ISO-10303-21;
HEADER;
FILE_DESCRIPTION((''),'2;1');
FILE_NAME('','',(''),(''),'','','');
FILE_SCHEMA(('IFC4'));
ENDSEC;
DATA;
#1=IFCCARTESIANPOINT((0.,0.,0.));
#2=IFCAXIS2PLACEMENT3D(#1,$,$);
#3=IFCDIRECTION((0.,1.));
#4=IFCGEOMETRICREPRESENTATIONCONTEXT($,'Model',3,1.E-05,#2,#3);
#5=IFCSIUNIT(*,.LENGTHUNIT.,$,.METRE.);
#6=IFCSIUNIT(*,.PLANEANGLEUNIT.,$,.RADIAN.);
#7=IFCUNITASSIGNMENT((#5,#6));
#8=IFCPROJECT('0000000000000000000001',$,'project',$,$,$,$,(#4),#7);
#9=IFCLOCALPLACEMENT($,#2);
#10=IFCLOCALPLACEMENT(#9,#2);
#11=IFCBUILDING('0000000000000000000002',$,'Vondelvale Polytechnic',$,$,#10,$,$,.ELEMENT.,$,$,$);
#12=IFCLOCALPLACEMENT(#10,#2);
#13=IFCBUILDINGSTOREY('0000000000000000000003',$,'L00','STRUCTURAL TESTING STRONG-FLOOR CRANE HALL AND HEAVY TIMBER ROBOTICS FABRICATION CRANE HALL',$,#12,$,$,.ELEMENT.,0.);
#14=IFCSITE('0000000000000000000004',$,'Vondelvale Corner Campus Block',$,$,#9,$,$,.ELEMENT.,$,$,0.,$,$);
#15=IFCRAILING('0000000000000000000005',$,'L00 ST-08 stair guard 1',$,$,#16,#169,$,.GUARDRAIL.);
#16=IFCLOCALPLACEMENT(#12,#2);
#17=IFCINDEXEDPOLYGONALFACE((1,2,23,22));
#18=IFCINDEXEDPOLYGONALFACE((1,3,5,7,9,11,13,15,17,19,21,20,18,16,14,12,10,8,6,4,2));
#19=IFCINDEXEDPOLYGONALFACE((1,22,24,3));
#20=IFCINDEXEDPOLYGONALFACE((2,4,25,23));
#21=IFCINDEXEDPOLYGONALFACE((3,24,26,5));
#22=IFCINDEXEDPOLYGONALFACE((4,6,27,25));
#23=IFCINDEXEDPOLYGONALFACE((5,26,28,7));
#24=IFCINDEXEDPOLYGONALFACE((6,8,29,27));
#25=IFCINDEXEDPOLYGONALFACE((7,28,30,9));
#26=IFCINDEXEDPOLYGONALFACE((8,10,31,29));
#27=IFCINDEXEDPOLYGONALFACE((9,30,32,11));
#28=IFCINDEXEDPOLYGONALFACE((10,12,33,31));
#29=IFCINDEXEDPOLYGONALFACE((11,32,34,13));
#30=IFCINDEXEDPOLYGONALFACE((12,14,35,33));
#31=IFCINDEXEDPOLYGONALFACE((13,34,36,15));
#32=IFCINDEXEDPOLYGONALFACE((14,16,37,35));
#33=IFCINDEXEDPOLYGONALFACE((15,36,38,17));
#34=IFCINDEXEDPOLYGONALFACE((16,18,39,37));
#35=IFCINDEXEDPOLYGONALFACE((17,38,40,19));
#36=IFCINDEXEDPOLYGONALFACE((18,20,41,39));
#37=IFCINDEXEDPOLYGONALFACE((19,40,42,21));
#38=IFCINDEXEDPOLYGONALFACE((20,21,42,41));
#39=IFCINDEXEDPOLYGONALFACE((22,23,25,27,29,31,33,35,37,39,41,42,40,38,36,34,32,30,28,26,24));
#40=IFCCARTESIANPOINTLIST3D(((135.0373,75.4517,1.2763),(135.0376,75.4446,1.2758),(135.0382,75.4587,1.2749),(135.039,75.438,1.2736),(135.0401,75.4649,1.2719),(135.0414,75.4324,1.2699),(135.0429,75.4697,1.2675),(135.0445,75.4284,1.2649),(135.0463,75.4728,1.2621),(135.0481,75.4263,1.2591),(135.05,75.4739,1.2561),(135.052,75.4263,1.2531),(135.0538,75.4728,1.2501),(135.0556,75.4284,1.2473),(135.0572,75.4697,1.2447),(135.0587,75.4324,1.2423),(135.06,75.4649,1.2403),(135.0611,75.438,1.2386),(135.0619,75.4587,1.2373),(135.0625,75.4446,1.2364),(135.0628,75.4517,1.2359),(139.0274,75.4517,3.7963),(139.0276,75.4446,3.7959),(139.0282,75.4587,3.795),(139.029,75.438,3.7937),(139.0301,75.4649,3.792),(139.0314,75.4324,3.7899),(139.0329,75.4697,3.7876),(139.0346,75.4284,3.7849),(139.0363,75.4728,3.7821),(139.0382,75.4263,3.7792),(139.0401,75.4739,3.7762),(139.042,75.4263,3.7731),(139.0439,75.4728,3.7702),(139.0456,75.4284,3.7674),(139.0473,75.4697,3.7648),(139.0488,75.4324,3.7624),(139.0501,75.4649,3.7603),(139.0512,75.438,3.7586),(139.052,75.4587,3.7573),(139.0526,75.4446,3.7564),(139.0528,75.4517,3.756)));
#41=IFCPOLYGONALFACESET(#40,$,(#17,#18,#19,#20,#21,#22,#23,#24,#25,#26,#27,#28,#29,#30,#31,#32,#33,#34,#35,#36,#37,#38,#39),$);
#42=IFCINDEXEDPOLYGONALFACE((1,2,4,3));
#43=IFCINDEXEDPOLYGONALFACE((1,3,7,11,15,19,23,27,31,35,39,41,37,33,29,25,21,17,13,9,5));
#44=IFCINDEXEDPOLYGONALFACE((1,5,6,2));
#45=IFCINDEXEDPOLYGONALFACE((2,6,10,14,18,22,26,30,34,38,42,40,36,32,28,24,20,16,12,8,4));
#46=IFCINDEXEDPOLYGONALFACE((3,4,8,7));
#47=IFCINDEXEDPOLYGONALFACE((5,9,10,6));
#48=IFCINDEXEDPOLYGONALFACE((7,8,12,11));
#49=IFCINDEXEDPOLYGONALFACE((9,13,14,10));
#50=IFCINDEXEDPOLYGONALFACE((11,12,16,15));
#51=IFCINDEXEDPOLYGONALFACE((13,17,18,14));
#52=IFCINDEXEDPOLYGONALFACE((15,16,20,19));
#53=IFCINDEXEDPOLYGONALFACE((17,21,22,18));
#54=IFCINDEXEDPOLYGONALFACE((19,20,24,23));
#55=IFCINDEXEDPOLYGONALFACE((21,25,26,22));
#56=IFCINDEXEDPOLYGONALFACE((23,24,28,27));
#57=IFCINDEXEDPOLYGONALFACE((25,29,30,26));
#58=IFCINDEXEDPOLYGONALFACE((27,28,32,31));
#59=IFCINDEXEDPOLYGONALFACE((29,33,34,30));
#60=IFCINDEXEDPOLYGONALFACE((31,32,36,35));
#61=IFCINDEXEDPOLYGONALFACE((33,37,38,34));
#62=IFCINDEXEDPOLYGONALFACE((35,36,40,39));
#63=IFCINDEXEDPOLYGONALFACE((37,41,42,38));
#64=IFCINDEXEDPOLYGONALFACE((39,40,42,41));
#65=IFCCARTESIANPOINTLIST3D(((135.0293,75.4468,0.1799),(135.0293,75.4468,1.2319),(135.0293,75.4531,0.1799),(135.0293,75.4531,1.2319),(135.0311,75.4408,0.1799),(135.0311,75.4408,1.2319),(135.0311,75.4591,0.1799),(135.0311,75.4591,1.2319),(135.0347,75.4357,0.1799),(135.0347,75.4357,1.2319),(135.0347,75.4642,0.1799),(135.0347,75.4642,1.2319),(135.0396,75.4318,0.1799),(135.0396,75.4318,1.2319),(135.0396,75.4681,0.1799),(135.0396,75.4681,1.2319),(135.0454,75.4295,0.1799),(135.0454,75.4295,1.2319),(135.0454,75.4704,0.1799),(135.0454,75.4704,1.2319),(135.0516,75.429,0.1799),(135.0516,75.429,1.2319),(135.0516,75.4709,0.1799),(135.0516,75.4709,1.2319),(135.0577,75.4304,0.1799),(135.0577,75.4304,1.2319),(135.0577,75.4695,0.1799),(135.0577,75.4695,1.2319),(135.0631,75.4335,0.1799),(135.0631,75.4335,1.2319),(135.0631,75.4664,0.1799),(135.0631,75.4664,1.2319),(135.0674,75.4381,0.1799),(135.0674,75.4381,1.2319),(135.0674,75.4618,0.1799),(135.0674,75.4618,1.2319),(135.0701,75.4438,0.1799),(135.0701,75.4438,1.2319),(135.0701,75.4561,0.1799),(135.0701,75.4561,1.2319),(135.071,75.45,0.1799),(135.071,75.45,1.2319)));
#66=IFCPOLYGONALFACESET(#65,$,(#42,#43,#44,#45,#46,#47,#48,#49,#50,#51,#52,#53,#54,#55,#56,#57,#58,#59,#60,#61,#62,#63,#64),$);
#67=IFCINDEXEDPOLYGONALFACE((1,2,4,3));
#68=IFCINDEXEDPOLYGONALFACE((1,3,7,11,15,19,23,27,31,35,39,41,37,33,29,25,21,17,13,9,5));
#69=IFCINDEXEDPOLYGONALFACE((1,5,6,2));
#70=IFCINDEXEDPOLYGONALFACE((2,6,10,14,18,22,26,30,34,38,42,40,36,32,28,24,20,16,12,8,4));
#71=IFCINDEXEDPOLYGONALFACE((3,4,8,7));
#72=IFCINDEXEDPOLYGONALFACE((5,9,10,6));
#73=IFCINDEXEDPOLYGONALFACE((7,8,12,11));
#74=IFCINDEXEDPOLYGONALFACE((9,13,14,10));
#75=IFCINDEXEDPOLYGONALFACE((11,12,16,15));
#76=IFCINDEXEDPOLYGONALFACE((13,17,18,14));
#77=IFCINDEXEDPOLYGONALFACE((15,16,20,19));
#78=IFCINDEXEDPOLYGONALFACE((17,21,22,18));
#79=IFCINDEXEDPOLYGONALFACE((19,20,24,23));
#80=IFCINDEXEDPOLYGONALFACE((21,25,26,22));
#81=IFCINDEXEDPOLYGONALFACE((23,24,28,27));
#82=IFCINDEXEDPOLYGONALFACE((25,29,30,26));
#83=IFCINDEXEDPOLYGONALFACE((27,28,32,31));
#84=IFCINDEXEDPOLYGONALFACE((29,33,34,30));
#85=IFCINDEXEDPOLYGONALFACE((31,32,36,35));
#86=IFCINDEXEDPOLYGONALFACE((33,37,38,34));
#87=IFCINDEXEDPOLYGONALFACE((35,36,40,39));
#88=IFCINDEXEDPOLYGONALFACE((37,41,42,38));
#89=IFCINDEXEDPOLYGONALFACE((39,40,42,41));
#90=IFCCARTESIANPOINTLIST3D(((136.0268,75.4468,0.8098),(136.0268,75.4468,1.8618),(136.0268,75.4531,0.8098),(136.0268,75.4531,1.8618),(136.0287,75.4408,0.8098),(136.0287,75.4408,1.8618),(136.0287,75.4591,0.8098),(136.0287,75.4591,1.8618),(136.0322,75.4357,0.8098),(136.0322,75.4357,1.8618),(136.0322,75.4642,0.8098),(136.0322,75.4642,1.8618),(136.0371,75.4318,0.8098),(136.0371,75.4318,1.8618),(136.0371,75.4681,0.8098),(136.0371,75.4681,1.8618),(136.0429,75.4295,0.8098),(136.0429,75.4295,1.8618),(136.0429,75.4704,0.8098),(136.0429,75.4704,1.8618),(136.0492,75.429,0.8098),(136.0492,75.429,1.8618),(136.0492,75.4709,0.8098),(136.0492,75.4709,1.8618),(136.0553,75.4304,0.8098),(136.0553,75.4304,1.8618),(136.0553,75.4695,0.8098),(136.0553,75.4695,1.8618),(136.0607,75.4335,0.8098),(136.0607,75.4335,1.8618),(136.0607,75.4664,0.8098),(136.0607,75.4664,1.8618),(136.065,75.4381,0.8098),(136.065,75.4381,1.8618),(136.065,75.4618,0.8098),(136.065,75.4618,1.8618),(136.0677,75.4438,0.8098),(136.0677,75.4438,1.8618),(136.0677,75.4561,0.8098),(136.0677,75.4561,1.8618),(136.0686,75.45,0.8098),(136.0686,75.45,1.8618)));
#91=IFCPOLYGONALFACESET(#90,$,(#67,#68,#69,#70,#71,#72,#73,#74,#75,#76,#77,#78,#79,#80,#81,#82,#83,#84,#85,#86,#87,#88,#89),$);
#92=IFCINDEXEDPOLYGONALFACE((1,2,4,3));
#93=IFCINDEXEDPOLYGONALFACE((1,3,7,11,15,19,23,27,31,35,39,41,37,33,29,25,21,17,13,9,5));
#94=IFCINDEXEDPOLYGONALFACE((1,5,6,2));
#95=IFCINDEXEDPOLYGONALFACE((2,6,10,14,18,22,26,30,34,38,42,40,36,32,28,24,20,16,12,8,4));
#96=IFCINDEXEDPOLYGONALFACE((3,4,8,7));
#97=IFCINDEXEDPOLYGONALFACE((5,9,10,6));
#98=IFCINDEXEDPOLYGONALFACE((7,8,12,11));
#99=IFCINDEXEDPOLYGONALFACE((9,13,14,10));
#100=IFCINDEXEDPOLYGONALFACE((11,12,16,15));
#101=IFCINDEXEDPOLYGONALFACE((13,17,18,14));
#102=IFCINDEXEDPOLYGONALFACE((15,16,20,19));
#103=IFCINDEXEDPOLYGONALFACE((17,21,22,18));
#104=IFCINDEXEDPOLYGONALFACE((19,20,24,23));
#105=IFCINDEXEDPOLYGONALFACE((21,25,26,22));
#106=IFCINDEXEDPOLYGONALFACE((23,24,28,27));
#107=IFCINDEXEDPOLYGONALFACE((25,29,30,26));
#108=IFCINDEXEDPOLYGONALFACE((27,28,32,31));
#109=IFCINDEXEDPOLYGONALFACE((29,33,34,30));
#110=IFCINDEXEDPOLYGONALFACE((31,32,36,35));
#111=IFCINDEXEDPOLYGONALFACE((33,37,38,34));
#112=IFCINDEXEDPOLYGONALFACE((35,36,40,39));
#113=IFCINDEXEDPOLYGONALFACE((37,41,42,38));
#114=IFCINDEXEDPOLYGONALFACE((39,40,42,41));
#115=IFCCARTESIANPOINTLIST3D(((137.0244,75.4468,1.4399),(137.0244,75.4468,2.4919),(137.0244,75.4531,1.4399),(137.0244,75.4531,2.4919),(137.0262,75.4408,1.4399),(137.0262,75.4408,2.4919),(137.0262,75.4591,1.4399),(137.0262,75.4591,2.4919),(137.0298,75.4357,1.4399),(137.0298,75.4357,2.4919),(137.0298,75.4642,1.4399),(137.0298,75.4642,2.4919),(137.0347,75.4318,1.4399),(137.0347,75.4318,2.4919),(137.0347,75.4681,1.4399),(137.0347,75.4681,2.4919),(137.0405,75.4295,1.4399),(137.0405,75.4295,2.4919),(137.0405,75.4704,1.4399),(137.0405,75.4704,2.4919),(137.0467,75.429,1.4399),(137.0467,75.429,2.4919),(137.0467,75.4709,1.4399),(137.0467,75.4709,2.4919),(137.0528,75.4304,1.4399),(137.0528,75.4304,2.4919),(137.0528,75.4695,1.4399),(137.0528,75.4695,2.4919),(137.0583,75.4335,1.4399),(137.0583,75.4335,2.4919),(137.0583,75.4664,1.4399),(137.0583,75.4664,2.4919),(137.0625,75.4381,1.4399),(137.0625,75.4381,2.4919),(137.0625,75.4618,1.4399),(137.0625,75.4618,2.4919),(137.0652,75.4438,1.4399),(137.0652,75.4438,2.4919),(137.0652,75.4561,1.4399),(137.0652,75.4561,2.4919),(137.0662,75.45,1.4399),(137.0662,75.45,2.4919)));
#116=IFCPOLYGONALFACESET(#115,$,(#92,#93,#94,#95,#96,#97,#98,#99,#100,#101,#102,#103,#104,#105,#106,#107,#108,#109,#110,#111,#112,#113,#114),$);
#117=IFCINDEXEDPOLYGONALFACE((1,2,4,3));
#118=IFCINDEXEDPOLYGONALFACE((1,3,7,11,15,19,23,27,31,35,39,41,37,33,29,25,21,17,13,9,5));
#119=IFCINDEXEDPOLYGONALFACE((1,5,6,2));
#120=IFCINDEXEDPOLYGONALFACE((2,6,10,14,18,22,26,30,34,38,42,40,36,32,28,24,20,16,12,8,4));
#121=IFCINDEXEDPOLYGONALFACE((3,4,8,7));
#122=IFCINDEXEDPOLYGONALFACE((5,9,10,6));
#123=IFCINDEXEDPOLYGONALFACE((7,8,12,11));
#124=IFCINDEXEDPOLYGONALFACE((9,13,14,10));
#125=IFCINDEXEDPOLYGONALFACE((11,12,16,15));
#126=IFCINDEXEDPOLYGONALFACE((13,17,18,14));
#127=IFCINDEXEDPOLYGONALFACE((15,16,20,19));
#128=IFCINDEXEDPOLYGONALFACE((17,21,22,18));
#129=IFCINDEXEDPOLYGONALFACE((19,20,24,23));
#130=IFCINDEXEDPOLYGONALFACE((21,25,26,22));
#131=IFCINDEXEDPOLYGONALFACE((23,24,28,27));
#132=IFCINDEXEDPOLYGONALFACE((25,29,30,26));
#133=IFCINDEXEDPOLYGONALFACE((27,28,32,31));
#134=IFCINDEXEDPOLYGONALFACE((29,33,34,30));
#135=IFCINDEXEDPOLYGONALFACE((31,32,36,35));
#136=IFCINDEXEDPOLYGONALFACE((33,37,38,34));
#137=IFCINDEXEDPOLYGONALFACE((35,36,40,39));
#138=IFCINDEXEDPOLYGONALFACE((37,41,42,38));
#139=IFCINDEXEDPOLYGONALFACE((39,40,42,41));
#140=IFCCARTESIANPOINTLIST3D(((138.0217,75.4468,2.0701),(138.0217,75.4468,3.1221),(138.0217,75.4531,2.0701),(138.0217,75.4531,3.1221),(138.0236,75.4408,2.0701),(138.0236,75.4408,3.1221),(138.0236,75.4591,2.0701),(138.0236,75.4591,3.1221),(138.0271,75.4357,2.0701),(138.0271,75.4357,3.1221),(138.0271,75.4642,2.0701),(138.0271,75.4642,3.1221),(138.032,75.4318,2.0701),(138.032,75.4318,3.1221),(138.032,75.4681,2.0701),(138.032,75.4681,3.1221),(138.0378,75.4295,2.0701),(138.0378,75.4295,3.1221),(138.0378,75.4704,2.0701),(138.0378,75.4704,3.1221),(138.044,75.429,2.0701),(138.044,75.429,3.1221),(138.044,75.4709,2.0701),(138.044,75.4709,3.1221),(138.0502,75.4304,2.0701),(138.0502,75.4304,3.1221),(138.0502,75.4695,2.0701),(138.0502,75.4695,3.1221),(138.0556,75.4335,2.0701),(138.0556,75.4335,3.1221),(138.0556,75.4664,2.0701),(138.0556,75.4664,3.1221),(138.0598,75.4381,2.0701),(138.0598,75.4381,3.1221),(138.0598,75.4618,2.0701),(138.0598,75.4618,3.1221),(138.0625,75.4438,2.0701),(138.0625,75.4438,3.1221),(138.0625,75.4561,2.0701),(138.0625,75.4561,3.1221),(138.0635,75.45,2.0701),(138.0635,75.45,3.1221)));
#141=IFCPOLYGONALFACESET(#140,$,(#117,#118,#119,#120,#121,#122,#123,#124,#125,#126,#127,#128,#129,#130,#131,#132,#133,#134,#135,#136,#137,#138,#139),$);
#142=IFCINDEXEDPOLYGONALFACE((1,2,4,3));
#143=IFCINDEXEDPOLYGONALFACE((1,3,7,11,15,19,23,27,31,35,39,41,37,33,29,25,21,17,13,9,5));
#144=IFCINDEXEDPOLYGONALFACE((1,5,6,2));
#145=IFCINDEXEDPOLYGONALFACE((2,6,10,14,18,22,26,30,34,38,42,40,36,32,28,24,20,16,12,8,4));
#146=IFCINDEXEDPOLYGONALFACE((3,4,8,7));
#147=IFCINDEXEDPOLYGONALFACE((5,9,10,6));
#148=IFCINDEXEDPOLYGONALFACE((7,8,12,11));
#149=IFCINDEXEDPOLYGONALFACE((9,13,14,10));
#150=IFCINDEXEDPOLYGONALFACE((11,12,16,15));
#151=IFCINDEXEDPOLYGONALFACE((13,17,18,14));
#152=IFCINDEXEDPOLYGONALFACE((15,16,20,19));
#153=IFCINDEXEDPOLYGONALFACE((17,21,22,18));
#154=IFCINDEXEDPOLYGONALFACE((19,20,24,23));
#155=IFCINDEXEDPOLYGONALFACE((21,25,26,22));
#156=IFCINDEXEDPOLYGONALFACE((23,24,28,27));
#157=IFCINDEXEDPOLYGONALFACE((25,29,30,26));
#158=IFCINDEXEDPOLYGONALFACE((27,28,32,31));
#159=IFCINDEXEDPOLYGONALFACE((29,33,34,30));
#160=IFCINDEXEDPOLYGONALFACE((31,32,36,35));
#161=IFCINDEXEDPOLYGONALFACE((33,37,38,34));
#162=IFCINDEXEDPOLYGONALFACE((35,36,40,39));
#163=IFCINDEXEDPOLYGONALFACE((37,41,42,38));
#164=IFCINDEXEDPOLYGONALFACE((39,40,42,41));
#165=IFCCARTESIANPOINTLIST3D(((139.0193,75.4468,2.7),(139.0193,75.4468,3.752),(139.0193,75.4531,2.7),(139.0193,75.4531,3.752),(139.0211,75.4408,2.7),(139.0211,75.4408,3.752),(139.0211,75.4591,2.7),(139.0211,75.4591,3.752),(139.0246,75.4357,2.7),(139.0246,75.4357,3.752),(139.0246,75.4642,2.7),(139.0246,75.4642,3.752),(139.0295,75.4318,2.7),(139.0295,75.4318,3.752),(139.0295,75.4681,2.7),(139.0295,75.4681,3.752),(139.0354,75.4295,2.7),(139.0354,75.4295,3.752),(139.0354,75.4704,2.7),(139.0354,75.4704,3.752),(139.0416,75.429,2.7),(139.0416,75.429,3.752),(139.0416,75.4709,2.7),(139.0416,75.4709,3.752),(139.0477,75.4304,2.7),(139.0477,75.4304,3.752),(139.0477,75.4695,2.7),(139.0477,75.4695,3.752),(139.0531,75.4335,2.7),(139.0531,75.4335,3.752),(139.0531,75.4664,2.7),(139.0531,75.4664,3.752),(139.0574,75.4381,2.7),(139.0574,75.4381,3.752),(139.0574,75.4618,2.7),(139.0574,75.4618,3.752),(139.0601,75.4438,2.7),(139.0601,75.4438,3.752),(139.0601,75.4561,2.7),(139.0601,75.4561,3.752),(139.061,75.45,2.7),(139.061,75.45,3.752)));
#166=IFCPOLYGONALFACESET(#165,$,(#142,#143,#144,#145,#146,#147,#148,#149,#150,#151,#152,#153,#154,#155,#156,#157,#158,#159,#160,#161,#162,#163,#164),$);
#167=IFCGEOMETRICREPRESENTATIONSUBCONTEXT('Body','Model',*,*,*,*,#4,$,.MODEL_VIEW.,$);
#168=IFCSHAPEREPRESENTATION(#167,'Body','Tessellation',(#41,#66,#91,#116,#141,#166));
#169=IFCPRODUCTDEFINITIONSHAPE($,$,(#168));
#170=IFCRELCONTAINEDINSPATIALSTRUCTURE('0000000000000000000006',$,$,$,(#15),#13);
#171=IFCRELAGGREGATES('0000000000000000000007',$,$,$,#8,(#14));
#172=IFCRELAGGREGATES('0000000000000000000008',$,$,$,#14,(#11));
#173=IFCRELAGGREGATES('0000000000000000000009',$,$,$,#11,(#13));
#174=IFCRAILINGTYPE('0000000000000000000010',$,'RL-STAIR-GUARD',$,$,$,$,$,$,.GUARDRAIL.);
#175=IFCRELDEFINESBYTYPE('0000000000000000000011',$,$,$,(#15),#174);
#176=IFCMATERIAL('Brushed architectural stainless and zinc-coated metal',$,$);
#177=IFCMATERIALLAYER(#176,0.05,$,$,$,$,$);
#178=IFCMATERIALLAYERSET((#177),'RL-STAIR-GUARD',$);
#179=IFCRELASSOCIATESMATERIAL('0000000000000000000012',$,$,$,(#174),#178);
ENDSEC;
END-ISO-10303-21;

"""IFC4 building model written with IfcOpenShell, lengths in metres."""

from ifc_helpers import new_model, si_unit, direction, frame, origin, origin_2d, place, context, subcontext, project, spatial, circle, extrude, material, layer, layer_set, type_object, element, save


model = new_model("IFC4")

# Units and contexts
model_context = context("Model", 3, precision=1e-05, world=origin(), true_north=direction((0.0, 1.0)))
body_context = subcontext(model_context, "Body", "Model", "MODEL_VIEW")
ifc_project = project(units=[si_unit("LENGTHUNIT", "METRE"), si_unit("PLANEANGLEUNIT", "RADIAN")], contexts=[model_context])

# Site, building, storey
site_placement = place(None, origin())
site = spatial("IfcSite", under=ifc_project, at=site_placement, Name="Vondelvale Corner Campus Block", CompositionType="ELEMENT", RefElevation=0.0)
building_placement = place(site_placement, origin())
building = spatial("IfcBuilding", under=site, at=building_placement, Name="Vondelvale Polytechnic", CompositionType="ELEMENT")
storey_placement = place(building_placement, origin())
storey = spatial("IfcBuildingStorey", under=building, at=storey_placement, Name="L00", Description="STRUCTURAL TESTING STRONG-FLOOR CRANE HALL AND HEAVY TIMBER ROBOTICS FABRICATION CRANE HALL", CompositionType="ELEMENT", Elevation=0.0)

# Railing
ifc_material_1 = material(Name="Brushed architectural stainless and zinc-coated metal")
ifc_layer_1 = layer(ifc_material_1, 0.05)
ifc_layer_set_1 = layer_set([ifc_layer_1], Name="RL-STAIR-GUARD")
railing_type_1 = type_object("IfcRailingType", Name="RL-STAIR-GUARD", PredefinedType="GUARDRAIL", material=ifc_layer_set_1)
railing_1_placement = place(storey_placement, frame((135.05, 75.45, 0.1799)))
element("IfcRailing", 1, at=railing_1_placement, inside=storey, type_object=railing_type_1, Name="L00 ST-08 stair guard 1", PredefinedType="GUARDRAIL", context=body_context, shape_type="SweptSolid", body=[
    extrude(circle(Radius=0.0239, at=origin_2d()), frame((0.0, 0.0, 1.0762), z_axis=(0.845486, 0.0, 0.533997), x_axis=(0.0, 1.0, 0.0)), (0.0, 0.0, 1.0), 4.7192),
    extrude(circle(Radius=0.021, at=origin_2d()), origin(), (0.0, 0.0, 1.0), 1.052),
    extrude(circle(Radius=0.021, at=origin_2d()), frame((0.9976, 0.0, 0.6299)), (0.0, 0.0, 1.0), 1.052),
    extrude(circle(Radius=0.021, at=origin_2d()), frame((1.9951, 0.0, 1.26)), (0.0, 0.0, 1.0), 1.052),
    extrude(circle(Radius=0.021, at=origin_2d()), frame((2.9924, 0.0, 1.8901)), (0.0, 0.0, 1.0), 1.052),
    extrude(circle(Radius=0.021, at=origin_2d()), frame((3.99, 0.0, 2.52)), (0.0, 0.0, 1.0), 1.052),
])

save(model, "model.ifc")
